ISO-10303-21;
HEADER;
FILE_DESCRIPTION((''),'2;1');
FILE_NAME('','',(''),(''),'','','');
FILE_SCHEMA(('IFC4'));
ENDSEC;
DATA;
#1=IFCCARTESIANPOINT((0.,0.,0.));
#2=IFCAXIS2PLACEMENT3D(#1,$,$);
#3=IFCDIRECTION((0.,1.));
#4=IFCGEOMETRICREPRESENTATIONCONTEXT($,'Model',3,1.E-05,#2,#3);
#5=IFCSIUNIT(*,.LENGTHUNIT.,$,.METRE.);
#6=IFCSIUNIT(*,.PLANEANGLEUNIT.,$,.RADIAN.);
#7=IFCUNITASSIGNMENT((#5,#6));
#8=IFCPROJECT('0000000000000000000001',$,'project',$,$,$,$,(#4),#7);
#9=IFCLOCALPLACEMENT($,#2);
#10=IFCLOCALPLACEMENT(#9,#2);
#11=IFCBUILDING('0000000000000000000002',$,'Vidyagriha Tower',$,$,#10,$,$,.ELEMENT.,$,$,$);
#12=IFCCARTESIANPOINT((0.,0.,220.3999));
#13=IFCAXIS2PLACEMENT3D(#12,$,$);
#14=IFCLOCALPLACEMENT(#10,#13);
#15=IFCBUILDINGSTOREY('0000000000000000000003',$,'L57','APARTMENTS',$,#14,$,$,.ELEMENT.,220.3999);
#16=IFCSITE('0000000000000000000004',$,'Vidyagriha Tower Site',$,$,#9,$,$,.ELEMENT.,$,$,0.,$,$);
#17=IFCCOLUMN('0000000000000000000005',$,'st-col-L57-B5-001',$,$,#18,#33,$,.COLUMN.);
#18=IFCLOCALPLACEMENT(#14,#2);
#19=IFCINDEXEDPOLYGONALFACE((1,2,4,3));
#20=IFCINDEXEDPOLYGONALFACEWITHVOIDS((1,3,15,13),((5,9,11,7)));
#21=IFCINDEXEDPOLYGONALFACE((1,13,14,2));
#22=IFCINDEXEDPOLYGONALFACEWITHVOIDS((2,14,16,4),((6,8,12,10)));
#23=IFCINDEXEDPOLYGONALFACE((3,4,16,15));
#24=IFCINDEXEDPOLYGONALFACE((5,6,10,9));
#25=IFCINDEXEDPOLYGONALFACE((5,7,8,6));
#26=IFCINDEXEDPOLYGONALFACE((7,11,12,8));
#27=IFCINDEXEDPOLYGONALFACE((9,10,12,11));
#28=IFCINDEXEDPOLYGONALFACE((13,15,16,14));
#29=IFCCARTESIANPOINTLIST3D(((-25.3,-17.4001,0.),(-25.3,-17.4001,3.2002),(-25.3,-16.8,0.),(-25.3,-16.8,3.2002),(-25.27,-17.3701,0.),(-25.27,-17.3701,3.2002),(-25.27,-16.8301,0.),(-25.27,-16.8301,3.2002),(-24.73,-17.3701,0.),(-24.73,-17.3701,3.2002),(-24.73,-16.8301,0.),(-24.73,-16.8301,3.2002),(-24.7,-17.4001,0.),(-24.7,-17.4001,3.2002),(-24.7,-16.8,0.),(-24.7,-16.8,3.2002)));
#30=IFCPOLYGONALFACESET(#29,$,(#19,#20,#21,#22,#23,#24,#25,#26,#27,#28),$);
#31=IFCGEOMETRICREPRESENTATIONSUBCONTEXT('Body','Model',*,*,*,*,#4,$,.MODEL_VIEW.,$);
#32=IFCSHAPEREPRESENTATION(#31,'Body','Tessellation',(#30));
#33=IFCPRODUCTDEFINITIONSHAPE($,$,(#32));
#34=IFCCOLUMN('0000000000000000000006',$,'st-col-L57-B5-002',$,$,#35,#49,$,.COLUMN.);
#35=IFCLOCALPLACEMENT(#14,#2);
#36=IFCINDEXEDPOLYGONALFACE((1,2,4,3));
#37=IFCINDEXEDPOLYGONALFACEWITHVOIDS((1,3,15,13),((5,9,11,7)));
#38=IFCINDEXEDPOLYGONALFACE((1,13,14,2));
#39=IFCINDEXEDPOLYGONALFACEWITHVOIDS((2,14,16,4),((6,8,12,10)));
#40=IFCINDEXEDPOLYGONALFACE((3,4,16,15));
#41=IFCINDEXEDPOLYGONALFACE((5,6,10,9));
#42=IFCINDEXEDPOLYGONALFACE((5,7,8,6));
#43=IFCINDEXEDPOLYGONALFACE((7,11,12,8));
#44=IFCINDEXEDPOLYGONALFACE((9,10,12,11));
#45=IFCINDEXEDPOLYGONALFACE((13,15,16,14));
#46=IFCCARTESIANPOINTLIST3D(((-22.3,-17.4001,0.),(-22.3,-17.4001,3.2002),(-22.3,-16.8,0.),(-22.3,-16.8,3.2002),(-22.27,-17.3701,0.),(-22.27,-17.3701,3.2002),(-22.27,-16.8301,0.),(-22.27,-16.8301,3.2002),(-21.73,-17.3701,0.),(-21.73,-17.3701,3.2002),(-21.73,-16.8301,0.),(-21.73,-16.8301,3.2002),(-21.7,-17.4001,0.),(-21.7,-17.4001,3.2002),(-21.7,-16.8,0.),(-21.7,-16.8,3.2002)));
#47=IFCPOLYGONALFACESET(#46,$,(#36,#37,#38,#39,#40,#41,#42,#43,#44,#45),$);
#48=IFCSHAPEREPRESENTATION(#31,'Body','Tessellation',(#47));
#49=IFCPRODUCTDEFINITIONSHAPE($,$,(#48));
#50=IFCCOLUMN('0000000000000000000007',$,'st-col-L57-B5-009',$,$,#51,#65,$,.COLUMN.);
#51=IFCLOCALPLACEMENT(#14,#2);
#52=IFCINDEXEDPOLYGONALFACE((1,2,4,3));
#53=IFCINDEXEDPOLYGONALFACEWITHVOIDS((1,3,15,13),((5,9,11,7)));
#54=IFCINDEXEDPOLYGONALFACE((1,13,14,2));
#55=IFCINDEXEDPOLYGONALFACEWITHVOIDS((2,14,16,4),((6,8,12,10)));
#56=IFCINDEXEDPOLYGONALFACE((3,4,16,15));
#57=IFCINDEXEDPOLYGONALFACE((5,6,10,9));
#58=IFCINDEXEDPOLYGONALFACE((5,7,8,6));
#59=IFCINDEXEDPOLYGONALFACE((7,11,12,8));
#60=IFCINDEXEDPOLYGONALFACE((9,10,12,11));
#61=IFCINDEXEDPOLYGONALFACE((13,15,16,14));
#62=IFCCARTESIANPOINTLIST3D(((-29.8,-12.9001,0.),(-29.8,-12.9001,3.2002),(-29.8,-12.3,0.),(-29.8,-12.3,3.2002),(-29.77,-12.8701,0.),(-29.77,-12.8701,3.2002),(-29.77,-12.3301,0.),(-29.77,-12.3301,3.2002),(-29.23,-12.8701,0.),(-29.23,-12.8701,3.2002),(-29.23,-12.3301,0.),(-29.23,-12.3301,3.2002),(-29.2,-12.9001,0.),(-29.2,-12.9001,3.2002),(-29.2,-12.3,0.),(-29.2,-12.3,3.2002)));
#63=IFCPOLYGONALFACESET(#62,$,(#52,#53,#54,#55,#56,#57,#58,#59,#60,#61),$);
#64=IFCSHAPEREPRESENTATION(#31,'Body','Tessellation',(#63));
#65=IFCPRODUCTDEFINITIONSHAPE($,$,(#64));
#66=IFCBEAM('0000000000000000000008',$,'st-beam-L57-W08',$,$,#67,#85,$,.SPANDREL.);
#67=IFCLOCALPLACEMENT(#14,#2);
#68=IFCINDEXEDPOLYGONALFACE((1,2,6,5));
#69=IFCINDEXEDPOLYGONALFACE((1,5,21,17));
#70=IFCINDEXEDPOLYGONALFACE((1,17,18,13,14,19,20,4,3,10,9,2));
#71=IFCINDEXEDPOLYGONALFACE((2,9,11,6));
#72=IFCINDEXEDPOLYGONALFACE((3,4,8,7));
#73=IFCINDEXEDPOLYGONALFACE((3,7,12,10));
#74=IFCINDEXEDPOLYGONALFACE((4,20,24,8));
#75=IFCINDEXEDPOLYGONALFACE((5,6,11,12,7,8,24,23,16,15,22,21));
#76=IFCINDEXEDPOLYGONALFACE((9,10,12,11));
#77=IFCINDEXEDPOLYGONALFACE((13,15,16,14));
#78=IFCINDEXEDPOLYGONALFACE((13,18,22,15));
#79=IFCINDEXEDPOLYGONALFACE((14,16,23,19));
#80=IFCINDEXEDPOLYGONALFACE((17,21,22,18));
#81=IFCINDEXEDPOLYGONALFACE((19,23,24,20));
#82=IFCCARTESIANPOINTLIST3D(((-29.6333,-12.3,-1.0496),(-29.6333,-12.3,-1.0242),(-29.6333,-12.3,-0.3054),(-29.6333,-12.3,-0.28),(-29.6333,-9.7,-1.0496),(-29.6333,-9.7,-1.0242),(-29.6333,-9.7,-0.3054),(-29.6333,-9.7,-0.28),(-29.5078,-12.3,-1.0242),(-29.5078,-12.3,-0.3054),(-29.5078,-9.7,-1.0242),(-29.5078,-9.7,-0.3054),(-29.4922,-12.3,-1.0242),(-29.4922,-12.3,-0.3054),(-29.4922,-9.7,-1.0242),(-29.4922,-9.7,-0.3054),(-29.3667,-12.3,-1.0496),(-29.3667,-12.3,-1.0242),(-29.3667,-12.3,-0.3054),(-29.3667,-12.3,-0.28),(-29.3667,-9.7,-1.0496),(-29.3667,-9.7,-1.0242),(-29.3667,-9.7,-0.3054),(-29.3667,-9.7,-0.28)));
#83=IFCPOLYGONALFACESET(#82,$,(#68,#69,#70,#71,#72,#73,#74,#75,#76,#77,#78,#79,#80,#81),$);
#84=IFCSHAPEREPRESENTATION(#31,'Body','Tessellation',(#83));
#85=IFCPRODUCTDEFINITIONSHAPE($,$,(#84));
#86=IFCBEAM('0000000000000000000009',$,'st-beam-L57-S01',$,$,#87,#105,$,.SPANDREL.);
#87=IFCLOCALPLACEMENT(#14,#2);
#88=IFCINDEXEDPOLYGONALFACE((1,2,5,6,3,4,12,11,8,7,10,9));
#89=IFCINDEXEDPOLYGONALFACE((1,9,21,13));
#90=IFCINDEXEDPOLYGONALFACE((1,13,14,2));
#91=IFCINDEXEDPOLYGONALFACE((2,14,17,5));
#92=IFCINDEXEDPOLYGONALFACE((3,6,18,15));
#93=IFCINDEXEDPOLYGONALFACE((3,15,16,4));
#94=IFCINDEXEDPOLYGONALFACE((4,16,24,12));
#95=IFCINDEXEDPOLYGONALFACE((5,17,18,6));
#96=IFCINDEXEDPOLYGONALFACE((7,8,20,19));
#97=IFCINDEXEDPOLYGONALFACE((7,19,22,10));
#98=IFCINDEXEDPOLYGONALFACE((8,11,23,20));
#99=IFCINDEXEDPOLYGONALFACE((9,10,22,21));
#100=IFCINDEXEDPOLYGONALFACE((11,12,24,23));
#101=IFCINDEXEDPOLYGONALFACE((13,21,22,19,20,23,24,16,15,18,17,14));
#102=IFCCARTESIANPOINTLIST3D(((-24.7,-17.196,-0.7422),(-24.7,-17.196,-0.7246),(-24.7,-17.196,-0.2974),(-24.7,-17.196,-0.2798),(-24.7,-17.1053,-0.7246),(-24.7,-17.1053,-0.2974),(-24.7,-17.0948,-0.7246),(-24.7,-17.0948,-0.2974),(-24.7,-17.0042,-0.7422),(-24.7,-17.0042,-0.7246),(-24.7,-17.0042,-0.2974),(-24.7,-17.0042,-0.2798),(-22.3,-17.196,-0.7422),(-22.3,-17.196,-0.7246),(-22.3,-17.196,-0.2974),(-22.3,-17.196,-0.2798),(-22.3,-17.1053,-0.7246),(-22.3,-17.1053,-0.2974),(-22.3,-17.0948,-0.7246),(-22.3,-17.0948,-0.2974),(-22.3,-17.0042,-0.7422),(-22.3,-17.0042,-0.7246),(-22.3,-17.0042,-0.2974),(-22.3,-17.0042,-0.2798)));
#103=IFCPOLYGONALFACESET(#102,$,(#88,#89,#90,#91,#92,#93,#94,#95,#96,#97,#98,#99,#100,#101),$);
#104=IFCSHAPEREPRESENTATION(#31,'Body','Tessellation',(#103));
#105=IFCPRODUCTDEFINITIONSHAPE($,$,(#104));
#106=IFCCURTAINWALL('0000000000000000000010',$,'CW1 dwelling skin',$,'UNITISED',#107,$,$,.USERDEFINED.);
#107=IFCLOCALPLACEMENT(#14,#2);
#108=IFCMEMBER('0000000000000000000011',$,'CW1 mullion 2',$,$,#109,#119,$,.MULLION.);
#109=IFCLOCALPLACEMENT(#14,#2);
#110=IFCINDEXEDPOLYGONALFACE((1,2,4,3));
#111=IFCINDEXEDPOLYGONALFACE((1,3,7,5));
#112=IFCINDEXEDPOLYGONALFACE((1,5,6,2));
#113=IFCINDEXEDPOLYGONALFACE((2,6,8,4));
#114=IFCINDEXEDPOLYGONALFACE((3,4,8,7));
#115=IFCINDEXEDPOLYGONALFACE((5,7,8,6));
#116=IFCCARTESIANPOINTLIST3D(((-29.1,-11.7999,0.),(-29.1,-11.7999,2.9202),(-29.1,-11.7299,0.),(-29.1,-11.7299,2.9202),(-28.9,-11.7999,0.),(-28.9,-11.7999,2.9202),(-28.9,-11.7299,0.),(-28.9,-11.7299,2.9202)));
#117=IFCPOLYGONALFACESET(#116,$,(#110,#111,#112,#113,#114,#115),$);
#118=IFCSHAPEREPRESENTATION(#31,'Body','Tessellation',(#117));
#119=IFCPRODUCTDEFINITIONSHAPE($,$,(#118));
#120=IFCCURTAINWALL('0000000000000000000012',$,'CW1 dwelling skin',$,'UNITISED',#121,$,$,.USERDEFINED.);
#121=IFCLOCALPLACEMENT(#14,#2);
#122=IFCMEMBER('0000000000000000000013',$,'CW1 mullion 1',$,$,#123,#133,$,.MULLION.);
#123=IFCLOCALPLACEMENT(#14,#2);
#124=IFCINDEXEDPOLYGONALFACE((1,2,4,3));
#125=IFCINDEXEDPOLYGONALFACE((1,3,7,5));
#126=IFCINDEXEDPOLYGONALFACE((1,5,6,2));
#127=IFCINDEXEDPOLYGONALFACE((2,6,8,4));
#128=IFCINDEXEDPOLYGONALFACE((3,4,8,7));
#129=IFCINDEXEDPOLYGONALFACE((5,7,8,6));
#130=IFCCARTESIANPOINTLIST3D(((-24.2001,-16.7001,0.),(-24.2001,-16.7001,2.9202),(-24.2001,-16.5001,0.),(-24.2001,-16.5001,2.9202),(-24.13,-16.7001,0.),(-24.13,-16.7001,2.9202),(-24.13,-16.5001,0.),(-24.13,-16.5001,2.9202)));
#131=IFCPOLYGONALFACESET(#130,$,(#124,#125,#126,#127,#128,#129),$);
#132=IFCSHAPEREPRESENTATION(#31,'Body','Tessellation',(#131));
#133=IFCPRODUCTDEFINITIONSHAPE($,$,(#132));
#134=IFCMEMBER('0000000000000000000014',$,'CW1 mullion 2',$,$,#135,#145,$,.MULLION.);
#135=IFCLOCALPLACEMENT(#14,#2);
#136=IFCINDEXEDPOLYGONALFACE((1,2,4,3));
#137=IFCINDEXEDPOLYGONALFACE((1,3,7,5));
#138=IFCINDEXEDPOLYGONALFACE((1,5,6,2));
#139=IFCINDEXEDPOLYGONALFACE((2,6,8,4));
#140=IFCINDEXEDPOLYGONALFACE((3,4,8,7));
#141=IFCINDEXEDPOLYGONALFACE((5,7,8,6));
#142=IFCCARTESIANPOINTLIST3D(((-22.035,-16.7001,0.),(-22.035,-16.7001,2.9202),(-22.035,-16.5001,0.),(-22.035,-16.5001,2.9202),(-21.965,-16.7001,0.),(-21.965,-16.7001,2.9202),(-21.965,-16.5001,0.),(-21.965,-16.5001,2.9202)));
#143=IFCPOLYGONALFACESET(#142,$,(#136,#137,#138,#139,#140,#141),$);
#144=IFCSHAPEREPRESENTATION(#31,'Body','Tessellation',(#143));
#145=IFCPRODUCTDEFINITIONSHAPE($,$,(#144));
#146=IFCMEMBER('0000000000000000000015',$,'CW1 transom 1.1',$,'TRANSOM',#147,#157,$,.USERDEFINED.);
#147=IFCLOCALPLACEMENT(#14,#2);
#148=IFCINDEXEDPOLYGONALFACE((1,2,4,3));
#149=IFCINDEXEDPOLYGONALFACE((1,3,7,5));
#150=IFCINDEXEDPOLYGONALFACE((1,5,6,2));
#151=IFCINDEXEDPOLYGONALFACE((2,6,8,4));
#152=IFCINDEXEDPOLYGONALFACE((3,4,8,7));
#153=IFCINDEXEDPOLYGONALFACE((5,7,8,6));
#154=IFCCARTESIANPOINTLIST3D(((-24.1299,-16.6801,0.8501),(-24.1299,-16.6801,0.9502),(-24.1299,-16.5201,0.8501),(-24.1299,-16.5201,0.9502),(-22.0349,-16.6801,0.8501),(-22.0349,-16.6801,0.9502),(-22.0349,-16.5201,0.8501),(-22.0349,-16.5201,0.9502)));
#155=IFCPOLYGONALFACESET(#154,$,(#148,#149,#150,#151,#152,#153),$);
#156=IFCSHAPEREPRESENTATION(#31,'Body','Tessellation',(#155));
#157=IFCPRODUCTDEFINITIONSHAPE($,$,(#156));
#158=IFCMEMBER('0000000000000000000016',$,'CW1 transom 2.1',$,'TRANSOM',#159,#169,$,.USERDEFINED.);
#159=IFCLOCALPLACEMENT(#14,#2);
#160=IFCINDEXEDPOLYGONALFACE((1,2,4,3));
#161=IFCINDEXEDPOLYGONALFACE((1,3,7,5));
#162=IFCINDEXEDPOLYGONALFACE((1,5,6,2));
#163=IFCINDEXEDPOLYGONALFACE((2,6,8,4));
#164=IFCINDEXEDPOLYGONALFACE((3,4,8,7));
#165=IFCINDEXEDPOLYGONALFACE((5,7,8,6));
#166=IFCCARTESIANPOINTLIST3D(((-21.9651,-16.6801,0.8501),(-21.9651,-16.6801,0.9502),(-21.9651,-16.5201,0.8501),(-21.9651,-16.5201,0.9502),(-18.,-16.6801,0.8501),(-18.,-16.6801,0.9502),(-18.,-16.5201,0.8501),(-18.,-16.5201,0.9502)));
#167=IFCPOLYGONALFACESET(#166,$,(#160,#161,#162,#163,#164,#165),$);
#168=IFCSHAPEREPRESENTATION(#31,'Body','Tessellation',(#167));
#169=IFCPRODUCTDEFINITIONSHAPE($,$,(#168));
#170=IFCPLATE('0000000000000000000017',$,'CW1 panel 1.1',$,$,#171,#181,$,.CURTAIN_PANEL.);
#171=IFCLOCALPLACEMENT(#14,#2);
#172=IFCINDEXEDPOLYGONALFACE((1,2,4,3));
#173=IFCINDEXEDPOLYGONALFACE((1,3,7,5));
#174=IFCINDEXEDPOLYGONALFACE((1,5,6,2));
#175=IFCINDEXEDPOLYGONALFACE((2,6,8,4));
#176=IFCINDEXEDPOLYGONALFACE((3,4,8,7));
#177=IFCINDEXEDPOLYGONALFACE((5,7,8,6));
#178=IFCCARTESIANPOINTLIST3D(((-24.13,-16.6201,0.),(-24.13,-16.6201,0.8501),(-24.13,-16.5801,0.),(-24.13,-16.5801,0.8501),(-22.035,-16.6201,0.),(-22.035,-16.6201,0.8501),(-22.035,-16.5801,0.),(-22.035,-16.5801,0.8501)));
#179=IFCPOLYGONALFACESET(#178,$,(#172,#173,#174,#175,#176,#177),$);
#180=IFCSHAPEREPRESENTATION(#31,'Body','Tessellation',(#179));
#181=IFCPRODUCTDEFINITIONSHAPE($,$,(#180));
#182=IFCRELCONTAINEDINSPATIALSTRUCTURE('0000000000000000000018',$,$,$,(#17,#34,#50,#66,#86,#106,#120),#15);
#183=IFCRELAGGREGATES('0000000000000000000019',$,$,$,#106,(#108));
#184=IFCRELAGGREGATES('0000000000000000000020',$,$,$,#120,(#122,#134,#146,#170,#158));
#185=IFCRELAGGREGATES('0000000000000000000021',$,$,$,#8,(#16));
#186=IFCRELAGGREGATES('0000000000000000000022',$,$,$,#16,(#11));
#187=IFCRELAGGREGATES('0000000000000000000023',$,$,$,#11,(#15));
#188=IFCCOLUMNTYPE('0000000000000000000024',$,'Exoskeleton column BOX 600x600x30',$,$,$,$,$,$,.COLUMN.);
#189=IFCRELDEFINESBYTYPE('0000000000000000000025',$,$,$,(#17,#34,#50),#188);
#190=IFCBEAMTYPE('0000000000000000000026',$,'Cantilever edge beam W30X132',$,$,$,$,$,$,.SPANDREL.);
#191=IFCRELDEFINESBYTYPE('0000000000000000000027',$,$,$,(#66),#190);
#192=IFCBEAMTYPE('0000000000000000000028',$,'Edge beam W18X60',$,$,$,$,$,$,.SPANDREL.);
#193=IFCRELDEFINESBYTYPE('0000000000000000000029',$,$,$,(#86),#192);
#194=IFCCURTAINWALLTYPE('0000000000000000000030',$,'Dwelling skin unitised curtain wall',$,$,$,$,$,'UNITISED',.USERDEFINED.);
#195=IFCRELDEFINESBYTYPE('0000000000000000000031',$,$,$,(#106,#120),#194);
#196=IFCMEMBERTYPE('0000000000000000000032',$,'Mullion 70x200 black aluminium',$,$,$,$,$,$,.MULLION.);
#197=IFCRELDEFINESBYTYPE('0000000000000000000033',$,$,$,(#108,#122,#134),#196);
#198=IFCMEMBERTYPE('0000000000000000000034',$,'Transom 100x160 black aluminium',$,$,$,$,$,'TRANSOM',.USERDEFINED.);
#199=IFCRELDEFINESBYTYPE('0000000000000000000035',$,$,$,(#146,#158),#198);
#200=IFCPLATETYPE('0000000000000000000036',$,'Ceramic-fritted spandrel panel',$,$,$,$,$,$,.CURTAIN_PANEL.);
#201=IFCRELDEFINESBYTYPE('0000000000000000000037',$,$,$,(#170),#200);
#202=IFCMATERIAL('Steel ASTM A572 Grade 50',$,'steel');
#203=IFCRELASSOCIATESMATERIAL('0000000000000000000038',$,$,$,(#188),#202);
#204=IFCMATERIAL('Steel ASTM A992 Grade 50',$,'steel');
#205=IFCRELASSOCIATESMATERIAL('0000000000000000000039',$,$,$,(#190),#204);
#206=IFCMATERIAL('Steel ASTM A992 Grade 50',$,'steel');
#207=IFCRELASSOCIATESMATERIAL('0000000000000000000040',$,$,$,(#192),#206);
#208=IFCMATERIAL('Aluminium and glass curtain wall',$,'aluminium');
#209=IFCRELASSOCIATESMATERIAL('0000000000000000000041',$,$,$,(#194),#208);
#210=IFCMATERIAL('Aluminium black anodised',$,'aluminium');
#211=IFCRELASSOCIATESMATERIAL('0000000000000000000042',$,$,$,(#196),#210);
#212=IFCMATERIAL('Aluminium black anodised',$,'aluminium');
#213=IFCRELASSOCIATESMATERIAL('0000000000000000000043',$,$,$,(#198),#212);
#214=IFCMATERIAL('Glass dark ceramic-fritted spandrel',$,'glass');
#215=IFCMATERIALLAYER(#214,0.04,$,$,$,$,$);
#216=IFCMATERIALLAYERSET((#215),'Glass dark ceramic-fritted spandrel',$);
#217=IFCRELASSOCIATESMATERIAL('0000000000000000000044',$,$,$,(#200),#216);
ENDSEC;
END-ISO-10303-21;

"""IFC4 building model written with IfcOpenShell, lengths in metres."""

from ifc_helpers import new_model, si_unit, direction, frame, origin, origin_2d, place, context, subcontext, project, spatial, rectangle, hollow_rectangle, i_section, extrude, material, layer, layer_set, material_profile, profile_set, type_object, element, aggregate, save


model = new_model("IFC4")

# Units and contexts
model_context = context("Model", 3, precision=1e-05, world=origin(), true_north=direction((0.0, 1.0)))
body_context = subcontext(model_context, "Body", "Model", "MODEL_VIEW")
ifc_project = project(units=[si_unit("LENGTHUNIT", "METRE"), si_unit("PLANEANGLEUNIT", "RADIAN")], contexts=[model_context])

# Site, building, storey
site_placement = place(None, origin())
site = spatial("IfcSite", under=ifc_project, at=site_placement, Name="Vidyagriha Tower Site", CompositionType="ELEMENT", RefElevation=0.0)
building_placement = place(site_placement, origin())
building = spatial("IfcBuilding", under=site, at=building_placement, Name="Vidyagriha Tower", CompositionType="ELEMENT")
storey_placement = place(building_placement, frame((0.0, 0.0, 220.3999)))
storey = spatial("IfcBuildingStorey", under=building, at=storey_placement, Name="L57", Description="APARTMENTS", CompositionType="ELEMENT", Elevation=220.3999)

# Columns
ifc_material_1 = material(Name="Steel ASTM A572 Grade 50", Category="steel")
ifc_material_profile_1 = material_profile(ifc_material_1, hollow_rectangle(XDim=0.6001, YDim=0.6001, WallThickness=0.03, at=origin_2d()), Name="BOX 600x600x30")
ifc_profile_set_1 = profile_set([ifc_material_profile_1], Name="Steel ASTM A572 Grade 50")
column_type = type_object("IfcColumnType", Name="Exoskeleton column BOX 600x600x30", PredefinedType="COLUMN", material=ifc_profile_set_1)
for number, where, name in (
    (1, (-25.0, -17.1001, 0.0), "st-col-L57-B5-001"),
    (2, (-22.0, -17.1001, 0.0), "st-col-L57-B5-002"),
    (3, (-29.5, -12.6001, 0.0), "st-col-L57-B5-009"),
):
    element("IfcColumn", number, at=place(storey_placement, frame(where)), inside=storey, type_object=column_type, Name=name, PredefinedType="COLUMN", context=body_context, shape_type="SweptSolid", body=[
        extrude(hollow_rectangle(XDim=0.6001, YDim=0.6001, WallThickness=0.03, at=origin_2d()), origin(), (0.0, 0.0, 1.0), 3.2002),
    ])

# Beams
ifc_material_2 = material(Name="Steel ASTM A992 Grade 50", Category="steel")
ifc_material_profile_2 = material_profile(ifc_material_2, i_section(OverallWidth=0.2666, OverallDepth=0.7695, WebThickness=0.0156, FlangeThickness=0.0254, at=origin_2d()), Name="W30X132")
ifc_profile_set_2 = profile_set([ifc_material_profile_2], Name="Steel ASTM A992 Grade 50")
beam_type_1 = type_object("IfcBeamType", Name="Cantilever edge beam W30X132", PredefinedType="SPANDREL", material=ifc_profile_set_2)
beam_1_placement = place(storey_placement, frame((-29.5, -12.3, -0.6648), z_axis=(0.0, 1.0, 0.0), x_axis=(-1.0, 0.0, 0.0)))
element("IfcBeam", 4, at=beam_1_placement, inside=storey, type_object=beam_type_1, Name="st-beam-L57-W08", PredefinedType="SPANDREL", context=body_context, shape_type="SweptSolid", body=[
    extrude(i_section(OverallWidth=0.2666, OverallDepth=0.7695, WebThickness=0.0156, FlangeThickness=0.0254, at=origin_2d()), origin(), (0.0, 0.0, 1.0), 2.6001),
])
ifc_material_3 = material(Name="Steel ASTM A992 Grade 50", Category="steel")
ifc_material_profile_3 = material_profile(ifc_material_3, i_section(OverallWidth=0.1919, OverallDepth=0.4624, WebThickness=0.0105, FlangeThickness=0.0176, at=origin_2d()), Name="W18X60")
ifc_profile_set_3 = profile_set([ifc_material_profile_3], Name="Steel ASTM A992 Grade 50")
beam_type_2 = type_object("IfcBeamType", Name="Edge beam W18X60", PredefinedType="SPANDREL", material=ifc_profile_set_3)
beam_2_placement = place(storey_placement, frame((-24.7, -17.1001, -0.511), z_axis=(1.0, 0.0, 0.0), x_axis=(0.0, 1.0, 0.0)))
element("IfcBeam", 5, at=beam_2_placement, inside=storey, type_object=beam_type_2, Name="st-beam-L57-S01", PredefinedType="SPANDREL", context=body_context, shape_type="SweptSolid", body=[
    extrude(i_section(OverallWidth=0.1919, OverallDepth=0.4624, WebThickness=0.0105, FlangeThickness=0.0176, at=origin_2d()), origin(), (0.0, 0.0, 1.0), 2.3999),
])

# Curtain wall, member
ifc_material_4 = material(Name="Aluminium and glass curtain wall", Category="aluminium")
curtain_wall_type = type_object("IfcCurtainWallType", Name="Dwelling skin unitised curtain wall", ElementType="UNITISED", PredefinedType="USERDEFINED", material=ifc_material_4)
curtain_wall_1_placement = place(storey_placement, origin())
curtain_wall_1 = element("IfcCurtainWall", 6, at=curtain_wall_1_placement, inside=storey, type_object=curtain_wall_type, Name="CW1 dwelling skin", ObjectType="UNITISED", PredefinedType="USERDEFINED")
ifc_material_5 = material(Name="Aluminium black anodised", Category="aluminium")
ifc_material_profile_4 = material_profile(ifc_material_5, rectangle(XDim=0.2, YDim=0.0701, at=origin_2d()), Name="Mullion 70x200 black aluminium")
ifc_profile_set_4 = profile_set([ifc_material_profile_4], Name="Aluminium black anodised")
member_type_1 = type_object("IfcMemberType", Name="Mullion 70x200 black aluminium", PredefinedType="MULLION", material=ifc_profile_set_4)
member_1_placement = place(storey_placement, frame((-29.0, -11.7649, 0.0)))
member_1 = element("IfcMember", 7, at=member_1_placement, type_object=member_type_1, Name="CW1 mullion 2", PredefinedType="MULLION", context=body_context, shape_type="SweptSolid", body=[
    extrude(rectangle(XDim=0.2, YDim=0.0701, at=origin_2d()), origin(), (0.0, 0.0, 1.0), 2.9202),
])
aggregate(curtain_wall_1, [member_1])

# Curtain wall, members, plate
curtain_wall_2_placement = place(storey_placement, origin())
curtain_wall_2 = element("IfcCurtainWall", 8, at=curtain_wall_2_placement, inside=storey, type_object=curtain_wall_type, Name="CW1 dwelling skin", ObjectType="UNITISED", PredefinedType="USERDEFINED")
member_2_placement = place(storey_placement, frame((-24.165, -16.6001, 0.0), z_axis=(0.0, 0.0, 1.0), x_axis=(0.0, 1.0, 0.0)))
member_2 = element("IfcMember", 9, at=member_2_placement, type_object=member_type_1, Name="CW1 mullion 1", PredefinedType="MULLION", context=body_context, shape_type="SweptSolid", body=[
    extrude(rectangle(XDim=0.2, YDim=0.0701, at=origin_2d()), origin(), (0.0, 0.0, 1.0), 2.9202),
])
member_3_placement = place(storey_placement, frame((-22.0, -16.6001, 0.0), z_axis=(0.0, 0.0, 1.0), x_axis=(0.0, 1.0, 0.0)))
member_3 = element("IfcMember", 10, at=member_3_placement, type_object=member_type_1, Name="CW1 mullion 2", PredefinedType="MULLION", context=body_context, shape_type="SweptSolid", body=[
    extrude(rectangle(XDim=0.2, YDim=0.0701, at=origin_2d()), origin(), (0.0, 0.0, 1.0), 2.9202),
])
ifc_material_6 = material(Name="Aluminium black anodised", Category="aluminium")
ifc_material_profile_5 = material_profile(ifc_material_6, rectangle(XDim=0.1599, YDim=0.1001, at=origin_2d()), Name="Transom 100x160 black aluminium")
ifc_profile_set_5 = profile_set([ifc_material_profile_5], Name="Aluminium black anodised")
member_type_2 = type_object("IfcMemberType", Name="Transom 100x160 black aluminium", ElementType="TRANSOM", PredefinedType="USERDEFINED", material=ifc_profile_set_5)
member_4_placement = place(storey_placement, frame((-24.1299, -16.6001, 0.9001), z_axis=(1.0, 0.0, 0.0), x_axis=(0.0, 1.0, 0.0)))
member_4 = element("IfcMember", 11, at=member_4_placement, type_object=member_type_2, Name="CW1 transom 1.1", ObjectType="TRANSOM", PredefinedType="USERDEFINED", context=body_context, shape_type="SweptSolid", body=[
    extrude(rectangle(XDim=0.1599, YDim=0.1001, at=origin_2d()), origin(), (0.0, 0.0, 1.0), 2.095),
])
member_5_placement = place(storey_placement, frame((-21.9651, -16.6001, 0.9001), z_axis=(1.0, 0.0, 0.0), x_axis=(0.0, 1.0, 0.0)))
member_5 = element("IfcMember", 12, at=member_5_placement, type_object=member_type_2, Name="CW1 transom 2.1", ObjectType="TRANSOM", PredefinedType="USERDEFINED", context=body_context, shape_type="SweptSolid", body=[
    extrude(rectangle(XDim=0.1599, YDim=0.1001, at=origin_2d()), origin(), (0.0, 0.0, 1.0), 3.9651),
])
ifc_material_7 = material(Name="Glass dark ceramic-fritted spandrel", Category="glass")
ifc_layer_1 = layer(ifc_material_7, 0.04)
ifc_layer_set_1 = layer_set([ifc_layer_1], Name="Glass dark ceramic-fritted spandrel")
plate_type_1 = type_object("IfcPlateType", Name="Ceramic-fritted spandrel panel", PredefinedType="CURTAIN_PANEL", material=ifc_layer_set_1)
plate_1_placement = place(storey_placement, frame((-23.0825, -16.6001, 0.0)))
plate_1 = element("IfcPlate", 13, at=plate_1_placement, type_object=plate_type_1, Name="CW1 panel 1.1", PredefinedType="CURTAIN_PANEL", context=body_context, shape_type="SweptSolid", body=[
    extrude(rectangle(XDim=2.095, YDim=0.04, at=origin_2d()), origin(), (0.0, 0.0, 1.0), 0.8501),
])
aggregate(curtain_wall_2, [member_2, member_3, member_4, plate_1, member_5])

save(model, "model.ifc")
